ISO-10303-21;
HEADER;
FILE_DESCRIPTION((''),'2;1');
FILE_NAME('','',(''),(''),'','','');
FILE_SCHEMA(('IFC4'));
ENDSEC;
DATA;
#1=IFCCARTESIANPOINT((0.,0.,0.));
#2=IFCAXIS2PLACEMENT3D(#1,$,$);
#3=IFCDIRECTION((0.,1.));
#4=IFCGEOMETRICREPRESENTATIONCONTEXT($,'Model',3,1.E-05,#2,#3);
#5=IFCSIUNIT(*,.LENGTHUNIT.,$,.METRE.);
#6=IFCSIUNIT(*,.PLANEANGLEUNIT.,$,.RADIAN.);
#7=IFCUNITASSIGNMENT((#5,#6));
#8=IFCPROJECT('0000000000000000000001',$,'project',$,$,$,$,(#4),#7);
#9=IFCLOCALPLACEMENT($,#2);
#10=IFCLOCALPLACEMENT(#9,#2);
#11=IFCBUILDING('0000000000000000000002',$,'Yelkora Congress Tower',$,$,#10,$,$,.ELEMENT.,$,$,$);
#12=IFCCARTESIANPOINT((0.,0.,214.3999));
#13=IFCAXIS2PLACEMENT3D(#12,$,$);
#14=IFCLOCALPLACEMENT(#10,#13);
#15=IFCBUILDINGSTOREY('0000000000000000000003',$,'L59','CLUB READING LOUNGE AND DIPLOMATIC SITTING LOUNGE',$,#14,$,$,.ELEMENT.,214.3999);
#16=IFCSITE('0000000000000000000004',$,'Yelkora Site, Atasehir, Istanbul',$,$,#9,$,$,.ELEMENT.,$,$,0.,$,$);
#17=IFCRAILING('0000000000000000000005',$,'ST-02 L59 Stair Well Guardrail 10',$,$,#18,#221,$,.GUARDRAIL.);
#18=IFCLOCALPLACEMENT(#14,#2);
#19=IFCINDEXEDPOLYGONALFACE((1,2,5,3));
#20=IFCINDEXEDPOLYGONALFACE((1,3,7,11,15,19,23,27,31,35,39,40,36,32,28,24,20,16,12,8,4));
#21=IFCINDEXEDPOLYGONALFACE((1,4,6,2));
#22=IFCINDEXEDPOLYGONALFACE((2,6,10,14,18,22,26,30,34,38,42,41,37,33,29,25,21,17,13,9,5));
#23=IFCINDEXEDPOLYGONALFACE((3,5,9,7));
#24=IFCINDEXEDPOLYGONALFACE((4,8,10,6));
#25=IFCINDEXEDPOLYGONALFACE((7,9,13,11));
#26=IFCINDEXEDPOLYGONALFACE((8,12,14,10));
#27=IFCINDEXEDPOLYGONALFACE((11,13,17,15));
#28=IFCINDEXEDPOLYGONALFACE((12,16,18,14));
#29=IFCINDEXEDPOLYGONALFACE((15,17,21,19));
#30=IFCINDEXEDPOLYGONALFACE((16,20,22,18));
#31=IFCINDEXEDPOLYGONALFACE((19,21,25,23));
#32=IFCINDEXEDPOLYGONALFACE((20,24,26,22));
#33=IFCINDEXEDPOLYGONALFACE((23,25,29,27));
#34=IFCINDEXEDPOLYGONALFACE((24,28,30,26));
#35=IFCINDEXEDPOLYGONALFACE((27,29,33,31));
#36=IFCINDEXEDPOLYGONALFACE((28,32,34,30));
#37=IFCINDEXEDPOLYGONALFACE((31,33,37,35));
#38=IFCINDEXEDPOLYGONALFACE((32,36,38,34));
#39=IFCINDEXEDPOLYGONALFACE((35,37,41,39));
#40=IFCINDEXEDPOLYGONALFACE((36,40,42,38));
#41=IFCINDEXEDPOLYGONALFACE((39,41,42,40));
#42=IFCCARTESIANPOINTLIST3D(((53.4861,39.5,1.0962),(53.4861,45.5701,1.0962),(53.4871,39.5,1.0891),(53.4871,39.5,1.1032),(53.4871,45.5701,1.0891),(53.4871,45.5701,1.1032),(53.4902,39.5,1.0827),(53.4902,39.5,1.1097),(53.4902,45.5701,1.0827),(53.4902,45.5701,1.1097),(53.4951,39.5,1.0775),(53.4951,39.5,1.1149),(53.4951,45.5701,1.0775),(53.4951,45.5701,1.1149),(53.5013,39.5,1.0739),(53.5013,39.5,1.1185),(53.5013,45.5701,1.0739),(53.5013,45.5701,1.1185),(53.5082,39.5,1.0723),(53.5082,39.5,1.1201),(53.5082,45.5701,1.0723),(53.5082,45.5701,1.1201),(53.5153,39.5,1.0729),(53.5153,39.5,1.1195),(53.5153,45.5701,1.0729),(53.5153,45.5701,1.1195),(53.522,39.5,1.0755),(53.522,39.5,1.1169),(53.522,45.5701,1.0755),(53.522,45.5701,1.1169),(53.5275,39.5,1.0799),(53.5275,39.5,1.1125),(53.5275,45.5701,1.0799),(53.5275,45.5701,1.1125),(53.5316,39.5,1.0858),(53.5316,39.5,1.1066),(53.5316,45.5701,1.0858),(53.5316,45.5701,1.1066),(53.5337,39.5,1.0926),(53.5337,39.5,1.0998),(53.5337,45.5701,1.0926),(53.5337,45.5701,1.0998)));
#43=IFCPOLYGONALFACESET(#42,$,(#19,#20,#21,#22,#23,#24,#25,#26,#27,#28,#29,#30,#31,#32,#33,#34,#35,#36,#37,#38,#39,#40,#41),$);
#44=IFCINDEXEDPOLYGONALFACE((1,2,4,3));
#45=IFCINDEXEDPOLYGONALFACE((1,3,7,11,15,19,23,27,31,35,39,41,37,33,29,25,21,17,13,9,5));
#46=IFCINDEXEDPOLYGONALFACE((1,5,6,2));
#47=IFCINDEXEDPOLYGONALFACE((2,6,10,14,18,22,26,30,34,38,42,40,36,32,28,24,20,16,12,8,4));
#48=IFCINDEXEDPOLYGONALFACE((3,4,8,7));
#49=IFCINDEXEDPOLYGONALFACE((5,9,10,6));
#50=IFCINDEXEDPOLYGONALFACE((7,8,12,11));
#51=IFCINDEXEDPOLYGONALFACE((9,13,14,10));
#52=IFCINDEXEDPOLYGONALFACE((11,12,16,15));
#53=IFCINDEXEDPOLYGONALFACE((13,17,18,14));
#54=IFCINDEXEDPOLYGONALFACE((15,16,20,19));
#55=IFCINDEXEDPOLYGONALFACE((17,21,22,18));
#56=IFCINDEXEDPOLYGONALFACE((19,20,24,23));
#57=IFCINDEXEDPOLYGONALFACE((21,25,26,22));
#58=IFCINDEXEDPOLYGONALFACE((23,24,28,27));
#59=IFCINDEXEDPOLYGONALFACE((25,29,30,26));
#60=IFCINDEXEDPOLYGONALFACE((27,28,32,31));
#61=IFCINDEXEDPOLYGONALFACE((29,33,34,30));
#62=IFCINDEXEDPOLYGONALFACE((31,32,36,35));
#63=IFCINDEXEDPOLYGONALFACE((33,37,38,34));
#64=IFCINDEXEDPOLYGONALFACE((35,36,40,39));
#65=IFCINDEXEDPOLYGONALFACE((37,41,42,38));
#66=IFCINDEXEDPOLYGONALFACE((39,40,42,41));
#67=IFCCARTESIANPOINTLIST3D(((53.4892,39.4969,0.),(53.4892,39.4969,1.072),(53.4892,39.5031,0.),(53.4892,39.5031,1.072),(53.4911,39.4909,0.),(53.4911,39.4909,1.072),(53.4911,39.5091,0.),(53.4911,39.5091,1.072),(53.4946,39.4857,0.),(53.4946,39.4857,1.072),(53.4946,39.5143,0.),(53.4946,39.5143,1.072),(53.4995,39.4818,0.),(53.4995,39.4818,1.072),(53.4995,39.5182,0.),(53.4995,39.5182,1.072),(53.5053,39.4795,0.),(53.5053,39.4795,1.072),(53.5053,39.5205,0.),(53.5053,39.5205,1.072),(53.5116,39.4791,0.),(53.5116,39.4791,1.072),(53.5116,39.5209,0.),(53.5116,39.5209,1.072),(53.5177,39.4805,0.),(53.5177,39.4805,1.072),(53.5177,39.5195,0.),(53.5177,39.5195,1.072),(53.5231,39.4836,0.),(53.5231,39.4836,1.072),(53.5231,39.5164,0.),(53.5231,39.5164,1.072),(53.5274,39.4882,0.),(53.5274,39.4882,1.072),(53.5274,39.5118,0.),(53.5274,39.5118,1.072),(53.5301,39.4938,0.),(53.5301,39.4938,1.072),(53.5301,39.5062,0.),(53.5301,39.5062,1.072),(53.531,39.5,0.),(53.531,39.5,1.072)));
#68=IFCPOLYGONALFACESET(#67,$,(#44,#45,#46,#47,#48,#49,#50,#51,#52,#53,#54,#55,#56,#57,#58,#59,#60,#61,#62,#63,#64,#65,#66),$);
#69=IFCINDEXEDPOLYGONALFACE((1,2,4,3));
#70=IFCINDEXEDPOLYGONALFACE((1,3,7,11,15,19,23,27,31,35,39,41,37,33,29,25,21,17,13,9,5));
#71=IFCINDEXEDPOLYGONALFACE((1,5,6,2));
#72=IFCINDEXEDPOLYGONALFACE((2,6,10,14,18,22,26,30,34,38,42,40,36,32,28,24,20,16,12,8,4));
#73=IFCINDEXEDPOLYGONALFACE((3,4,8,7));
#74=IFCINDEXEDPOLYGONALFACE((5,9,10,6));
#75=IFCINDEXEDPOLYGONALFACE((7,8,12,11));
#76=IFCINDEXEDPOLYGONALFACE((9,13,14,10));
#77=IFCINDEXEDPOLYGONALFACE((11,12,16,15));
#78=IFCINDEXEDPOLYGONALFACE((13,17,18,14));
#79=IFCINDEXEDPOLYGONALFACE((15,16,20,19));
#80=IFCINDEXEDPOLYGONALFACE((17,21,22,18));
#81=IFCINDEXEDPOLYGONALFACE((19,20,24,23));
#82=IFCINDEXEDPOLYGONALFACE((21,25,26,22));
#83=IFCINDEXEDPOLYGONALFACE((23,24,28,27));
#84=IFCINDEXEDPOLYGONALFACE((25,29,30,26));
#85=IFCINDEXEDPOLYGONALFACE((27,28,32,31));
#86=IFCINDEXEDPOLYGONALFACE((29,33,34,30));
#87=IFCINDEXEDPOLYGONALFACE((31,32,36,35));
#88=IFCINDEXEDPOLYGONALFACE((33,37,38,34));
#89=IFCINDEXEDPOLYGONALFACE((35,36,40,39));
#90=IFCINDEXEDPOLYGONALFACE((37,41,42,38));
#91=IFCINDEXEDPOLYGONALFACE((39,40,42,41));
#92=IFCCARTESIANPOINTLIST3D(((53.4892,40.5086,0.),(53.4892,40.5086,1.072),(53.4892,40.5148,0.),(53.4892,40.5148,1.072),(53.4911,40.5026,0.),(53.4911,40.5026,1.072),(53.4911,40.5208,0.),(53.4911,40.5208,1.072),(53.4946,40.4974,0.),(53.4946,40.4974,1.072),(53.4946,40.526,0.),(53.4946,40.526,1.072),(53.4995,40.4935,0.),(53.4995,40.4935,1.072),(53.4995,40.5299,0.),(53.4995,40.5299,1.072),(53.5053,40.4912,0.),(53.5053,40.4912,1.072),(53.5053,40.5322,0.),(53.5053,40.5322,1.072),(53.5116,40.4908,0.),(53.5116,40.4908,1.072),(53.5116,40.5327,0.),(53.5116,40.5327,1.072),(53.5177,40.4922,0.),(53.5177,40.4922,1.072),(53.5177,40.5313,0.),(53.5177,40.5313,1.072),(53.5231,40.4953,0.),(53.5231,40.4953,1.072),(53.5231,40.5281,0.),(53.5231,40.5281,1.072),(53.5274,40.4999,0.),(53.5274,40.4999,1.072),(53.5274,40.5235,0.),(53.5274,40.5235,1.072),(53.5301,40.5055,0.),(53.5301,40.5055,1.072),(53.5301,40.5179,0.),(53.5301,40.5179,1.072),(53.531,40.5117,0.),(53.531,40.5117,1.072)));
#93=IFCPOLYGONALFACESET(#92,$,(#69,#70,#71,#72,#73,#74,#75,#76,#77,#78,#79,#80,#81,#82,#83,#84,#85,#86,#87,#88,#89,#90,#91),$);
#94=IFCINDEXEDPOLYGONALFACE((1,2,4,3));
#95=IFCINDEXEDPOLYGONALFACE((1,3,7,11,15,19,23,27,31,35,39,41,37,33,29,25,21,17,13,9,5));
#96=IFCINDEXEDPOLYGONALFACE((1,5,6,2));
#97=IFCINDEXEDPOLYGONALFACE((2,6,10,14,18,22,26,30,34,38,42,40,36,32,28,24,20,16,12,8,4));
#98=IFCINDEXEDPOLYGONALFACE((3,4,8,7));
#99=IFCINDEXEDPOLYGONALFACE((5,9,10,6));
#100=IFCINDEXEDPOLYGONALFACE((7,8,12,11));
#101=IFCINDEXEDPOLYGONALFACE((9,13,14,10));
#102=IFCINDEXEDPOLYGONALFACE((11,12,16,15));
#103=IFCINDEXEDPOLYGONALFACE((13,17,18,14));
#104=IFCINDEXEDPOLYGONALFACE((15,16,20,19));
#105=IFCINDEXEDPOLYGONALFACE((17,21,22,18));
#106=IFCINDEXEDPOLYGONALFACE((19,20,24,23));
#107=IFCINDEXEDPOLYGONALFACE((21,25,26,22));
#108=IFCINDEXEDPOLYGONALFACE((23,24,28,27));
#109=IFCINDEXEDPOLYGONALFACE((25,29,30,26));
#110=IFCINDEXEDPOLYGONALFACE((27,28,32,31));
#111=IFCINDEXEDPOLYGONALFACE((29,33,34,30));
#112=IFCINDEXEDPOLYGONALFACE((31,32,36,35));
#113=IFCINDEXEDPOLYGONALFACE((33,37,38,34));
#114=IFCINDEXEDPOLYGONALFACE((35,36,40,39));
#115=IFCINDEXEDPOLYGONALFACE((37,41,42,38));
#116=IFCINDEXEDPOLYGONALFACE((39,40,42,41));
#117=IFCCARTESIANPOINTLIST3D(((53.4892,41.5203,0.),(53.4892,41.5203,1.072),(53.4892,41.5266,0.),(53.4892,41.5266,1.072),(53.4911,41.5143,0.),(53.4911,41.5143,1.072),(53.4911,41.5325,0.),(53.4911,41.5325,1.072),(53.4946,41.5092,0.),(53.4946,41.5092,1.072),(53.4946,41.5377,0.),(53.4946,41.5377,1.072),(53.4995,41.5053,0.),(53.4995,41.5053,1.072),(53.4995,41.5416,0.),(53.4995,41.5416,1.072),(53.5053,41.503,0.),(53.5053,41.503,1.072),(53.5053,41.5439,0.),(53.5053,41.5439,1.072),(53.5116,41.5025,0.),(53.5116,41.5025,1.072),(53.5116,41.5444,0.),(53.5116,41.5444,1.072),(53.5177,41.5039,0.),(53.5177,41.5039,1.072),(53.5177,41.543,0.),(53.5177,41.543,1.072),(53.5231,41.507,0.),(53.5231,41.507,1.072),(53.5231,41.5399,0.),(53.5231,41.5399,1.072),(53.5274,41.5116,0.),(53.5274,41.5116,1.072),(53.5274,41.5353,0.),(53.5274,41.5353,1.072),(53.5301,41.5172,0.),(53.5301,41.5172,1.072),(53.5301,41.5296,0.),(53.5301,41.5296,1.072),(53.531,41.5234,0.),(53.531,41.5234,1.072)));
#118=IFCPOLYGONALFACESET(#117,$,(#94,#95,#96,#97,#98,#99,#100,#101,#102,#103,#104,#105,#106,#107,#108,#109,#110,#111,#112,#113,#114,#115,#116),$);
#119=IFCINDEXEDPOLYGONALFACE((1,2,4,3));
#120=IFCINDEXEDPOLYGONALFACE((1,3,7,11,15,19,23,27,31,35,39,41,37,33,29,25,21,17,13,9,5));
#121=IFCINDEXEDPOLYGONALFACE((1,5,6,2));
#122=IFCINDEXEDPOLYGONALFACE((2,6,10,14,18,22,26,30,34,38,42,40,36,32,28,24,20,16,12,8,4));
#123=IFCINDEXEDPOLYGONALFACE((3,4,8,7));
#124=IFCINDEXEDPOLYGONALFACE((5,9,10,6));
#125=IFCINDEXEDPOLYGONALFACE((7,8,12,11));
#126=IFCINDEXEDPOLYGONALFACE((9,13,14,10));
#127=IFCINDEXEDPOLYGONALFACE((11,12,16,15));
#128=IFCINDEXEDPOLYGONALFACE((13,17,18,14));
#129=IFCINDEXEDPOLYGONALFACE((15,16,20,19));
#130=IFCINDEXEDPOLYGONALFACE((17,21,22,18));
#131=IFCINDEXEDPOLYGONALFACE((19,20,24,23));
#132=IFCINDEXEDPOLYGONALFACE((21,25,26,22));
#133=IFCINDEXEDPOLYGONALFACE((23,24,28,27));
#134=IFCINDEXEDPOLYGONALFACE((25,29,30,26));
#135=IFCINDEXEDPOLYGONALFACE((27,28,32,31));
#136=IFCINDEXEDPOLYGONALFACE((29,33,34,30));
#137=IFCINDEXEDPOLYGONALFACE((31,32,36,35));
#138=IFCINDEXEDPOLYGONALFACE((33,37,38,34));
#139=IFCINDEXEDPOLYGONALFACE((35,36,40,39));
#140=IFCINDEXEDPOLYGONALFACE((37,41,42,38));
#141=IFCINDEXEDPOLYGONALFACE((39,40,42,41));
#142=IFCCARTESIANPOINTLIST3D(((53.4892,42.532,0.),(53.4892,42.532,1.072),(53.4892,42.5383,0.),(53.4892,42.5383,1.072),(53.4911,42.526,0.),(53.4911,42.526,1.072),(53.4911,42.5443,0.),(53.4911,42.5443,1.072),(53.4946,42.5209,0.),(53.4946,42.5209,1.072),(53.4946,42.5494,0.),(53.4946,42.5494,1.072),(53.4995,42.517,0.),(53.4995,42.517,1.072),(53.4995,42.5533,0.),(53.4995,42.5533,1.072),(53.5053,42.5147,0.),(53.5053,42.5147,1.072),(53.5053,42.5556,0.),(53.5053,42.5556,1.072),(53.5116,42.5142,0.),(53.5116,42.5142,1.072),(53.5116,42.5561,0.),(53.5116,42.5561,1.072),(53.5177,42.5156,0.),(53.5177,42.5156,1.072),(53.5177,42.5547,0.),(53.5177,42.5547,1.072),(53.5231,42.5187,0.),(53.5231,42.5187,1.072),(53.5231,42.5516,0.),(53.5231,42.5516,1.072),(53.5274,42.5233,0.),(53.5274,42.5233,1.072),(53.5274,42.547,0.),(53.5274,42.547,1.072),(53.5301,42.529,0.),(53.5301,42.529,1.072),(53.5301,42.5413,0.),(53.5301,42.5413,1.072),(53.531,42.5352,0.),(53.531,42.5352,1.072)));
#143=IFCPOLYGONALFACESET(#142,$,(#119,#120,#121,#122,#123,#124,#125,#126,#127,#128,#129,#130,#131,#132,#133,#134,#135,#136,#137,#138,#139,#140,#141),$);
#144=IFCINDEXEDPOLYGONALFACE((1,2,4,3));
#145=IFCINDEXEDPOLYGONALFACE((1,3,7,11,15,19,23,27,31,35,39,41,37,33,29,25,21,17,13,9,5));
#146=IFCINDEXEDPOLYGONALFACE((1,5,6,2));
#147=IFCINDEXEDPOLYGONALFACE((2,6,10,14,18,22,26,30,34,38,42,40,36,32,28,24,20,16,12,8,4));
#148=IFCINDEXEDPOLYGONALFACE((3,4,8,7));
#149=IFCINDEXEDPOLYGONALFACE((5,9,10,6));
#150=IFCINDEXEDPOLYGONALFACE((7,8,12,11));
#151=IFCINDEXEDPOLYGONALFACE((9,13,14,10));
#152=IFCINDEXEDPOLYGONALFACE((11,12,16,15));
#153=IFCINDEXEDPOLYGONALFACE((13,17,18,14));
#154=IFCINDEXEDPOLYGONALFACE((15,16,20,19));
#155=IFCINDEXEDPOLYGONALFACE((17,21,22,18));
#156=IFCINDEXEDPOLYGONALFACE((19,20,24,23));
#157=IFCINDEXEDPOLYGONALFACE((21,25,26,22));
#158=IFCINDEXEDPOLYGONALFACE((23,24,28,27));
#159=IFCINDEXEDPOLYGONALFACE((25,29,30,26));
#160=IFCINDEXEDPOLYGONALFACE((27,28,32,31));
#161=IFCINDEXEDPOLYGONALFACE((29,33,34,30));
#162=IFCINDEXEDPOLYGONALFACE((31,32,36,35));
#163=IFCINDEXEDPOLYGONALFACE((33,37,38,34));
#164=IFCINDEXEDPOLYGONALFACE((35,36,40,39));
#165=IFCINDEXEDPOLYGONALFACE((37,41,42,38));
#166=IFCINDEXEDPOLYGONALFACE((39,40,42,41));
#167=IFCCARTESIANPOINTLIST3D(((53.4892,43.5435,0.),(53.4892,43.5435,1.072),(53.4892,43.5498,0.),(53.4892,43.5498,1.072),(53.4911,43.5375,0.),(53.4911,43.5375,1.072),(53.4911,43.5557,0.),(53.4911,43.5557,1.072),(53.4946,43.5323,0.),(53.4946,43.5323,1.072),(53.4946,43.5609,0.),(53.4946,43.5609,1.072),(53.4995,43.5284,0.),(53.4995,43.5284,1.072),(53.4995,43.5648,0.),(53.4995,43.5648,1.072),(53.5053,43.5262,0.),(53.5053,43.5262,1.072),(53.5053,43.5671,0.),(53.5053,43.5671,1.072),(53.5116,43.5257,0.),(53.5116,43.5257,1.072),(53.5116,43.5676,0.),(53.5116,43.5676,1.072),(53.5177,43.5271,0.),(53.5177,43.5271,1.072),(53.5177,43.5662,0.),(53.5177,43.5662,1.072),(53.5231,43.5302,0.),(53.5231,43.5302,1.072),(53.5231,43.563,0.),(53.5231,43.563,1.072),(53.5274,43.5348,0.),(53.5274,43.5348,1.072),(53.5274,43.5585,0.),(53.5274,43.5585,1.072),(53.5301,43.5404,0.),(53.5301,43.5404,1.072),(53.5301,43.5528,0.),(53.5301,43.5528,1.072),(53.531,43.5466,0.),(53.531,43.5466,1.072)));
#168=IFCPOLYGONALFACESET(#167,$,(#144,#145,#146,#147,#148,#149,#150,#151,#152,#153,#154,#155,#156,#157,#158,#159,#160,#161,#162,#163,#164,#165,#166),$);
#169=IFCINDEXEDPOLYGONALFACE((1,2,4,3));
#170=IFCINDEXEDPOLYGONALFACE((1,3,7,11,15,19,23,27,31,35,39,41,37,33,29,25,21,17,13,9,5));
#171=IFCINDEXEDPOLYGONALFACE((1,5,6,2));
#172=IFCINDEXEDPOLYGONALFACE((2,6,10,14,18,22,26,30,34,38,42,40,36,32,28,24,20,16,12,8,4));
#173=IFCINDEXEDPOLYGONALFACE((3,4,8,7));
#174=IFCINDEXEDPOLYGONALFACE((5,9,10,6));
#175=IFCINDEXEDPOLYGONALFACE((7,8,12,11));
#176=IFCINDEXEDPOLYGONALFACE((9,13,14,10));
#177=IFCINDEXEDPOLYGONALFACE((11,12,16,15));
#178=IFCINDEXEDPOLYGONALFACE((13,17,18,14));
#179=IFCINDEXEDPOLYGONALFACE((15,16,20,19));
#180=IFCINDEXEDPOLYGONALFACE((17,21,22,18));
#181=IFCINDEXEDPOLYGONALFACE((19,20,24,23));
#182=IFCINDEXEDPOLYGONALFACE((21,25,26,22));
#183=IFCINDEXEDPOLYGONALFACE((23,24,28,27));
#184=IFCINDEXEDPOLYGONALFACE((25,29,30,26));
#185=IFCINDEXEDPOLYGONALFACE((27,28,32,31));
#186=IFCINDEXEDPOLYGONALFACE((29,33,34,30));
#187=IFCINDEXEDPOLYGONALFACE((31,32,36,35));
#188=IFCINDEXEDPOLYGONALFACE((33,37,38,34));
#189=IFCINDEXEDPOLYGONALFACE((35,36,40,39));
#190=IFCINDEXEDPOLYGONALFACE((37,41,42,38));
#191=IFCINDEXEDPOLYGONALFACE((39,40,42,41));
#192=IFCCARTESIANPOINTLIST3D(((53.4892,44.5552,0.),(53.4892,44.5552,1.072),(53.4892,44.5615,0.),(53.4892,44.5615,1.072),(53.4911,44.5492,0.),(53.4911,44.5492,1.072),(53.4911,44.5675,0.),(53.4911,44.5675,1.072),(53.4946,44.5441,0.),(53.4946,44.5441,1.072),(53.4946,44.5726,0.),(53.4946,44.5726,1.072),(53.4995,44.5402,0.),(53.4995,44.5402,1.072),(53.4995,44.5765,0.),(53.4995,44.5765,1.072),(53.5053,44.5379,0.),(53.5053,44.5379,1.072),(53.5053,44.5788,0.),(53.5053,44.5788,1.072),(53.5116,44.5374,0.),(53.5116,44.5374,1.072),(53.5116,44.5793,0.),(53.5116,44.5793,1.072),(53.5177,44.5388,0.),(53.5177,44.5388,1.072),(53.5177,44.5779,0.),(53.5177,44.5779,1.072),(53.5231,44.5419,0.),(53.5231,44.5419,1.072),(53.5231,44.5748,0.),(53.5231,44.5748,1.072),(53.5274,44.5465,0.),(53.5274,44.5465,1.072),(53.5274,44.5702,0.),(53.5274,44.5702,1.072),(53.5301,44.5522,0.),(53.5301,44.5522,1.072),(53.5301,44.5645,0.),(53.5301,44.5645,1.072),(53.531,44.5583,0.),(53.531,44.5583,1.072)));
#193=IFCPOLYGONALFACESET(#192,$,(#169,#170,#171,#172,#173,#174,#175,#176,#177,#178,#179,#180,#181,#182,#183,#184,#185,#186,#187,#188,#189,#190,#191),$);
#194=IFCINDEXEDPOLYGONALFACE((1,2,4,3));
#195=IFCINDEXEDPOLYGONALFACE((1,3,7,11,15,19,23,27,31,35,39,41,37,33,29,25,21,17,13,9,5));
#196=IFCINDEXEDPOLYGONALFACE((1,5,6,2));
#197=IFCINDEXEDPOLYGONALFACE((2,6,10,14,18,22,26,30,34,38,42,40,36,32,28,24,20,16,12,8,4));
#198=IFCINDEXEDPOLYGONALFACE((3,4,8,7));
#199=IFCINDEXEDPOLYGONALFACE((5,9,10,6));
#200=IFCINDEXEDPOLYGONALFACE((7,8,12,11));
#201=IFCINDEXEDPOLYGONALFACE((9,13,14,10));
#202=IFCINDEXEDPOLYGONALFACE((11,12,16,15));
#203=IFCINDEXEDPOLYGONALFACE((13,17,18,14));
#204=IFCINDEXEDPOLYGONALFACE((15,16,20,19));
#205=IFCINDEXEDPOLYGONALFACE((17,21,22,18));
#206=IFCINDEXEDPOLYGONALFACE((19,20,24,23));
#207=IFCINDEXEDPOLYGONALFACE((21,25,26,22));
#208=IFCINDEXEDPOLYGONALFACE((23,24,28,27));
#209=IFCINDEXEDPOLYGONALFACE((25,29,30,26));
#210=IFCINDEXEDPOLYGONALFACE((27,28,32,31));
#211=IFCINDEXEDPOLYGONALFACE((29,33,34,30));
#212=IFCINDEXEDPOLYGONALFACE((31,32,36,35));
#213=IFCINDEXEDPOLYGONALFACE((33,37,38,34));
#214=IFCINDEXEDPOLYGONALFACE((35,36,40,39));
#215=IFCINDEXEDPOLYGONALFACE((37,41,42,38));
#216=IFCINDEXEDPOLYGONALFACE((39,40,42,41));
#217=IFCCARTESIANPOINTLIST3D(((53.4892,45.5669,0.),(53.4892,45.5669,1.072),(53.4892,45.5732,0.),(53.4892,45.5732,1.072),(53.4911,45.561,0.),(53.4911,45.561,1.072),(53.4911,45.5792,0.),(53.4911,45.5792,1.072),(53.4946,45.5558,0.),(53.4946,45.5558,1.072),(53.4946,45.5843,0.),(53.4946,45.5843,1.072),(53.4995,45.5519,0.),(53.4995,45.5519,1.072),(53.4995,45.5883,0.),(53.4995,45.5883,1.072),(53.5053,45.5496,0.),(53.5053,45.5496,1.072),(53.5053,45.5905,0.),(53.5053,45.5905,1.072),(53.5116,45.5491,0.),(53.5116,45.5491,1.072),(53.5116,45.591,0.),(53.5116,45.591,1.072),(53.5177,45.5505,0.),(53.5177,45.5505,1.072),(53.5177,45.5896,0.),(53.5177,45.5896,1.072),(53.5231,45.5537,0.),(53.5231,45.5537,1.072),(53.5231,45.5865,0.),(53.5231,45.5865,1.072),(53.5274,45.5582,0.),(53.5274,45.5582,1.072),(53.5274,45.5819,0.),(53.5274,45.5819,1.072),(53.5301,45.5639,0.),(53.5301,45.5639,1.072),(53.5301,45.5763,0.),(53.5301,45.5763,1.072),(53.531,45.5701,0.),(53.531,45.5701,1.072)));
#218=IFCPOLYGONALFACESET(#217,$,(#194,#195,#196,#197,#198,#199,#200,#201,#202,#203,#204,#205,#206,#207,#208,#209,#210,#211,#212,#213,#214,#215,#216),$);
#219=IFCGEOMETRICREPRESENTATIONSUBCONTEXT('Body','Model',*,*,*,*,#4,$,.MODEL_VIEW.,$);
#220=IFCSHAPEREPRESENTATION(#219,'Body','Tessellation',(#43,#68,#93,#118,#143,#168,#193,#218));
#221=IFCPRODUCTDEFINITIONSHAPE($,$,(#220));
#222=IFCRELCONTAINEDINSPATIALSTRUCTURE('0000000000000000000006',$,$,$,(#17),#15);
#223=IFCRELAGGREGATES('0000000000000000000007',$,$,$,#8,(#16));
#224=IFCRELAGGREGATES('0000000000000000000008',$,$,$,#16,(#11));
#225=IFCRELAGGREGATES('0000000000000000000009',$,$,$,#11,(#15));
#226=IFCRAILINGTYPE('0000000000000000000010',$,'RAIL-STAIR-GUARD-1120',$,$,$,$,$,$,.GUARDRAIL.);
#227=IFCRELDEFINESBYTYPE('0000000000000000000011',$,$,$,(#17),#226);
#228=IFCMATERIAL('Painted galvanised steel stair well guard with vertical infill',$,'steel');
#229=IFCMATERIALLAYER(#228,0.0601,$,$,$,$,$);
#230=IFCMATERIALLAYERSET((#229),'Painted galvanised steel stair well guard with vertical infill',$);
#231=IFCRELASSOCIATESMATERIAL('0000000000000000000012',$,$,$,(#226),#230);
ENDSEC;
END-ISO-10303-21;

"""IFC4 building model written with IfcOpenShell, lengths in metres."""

from ifc_helpers import new_model, si_unit, direction, frame, origin, origin_2d, place, context, subcontext, project, spatial, circle, extrude, material, layer, layer_set, type_object, element, save


model = new_model("IFC4")

# Units and contexts
model_context = context("Model", 3, precision=1e-05, world=origin(), true_north=direction((0.0, 1.0)))
body_context = subcontext(model_context, "Body", "Model", "MODEL_VIEW")
ifc_project = project(units=[si_unit("LENGTHUNIT", "METRE"), si_unit("PLANEANGLEUNIT", "RADIAN")], contexts=[model_context])

# Site, building, storey
site_placement = place(None, origin())
site = spatial("IfcSite", under=ifc_project, at=site_placement, Name="Yelkora Site, Atasehir, Istanbul", CompositionType="ELEMENT", RefElevation=0.0)
building_placement = place(site_placement, origin())
building = spatial("IfcBuilding", under=site, at=building_placement, Name="Yelkora Congress Tower", CompositionType="ELEMENT")
storey_placement = place(building_placement, frame((0.0, 0.0, 214.3999)))
storey = spatial("IfcBuildingStorey", under=building, at=storey_placement, Name="L59", Description="CLUB READING LOUNGE AND DIPLOMATIC SITTING LOUNGE", CompositionType="ELEMENT", Elevation=214.3999)

# Railing
ifc_material_1 = material(Name="Painted galvanised steel stair well guard with vertical infill", Category="steel")
ifc_layer_1 = layer(ifc_material_1, 0.0601)
ifc_layer_set_1 = layer_set([ifc_layer_1], Name="Painted galvanised steel stair well guard with vertical infill")
railing_type_1 = type_object("IfcRailingType", Name="RAIL-STAIR-GUARD-1120", PredefinedType="GUARDRAIL", material=ifc_layer_set_1)
railing_1_placement = place(storey_placement, frame((53.51, 39.5, 0.0)))
element("IfcRailing", 1, at=railing_1_placement, inside=storey, type_object=railing_type_1, Name="ST-02 L59 Stair Well Guardrail 10", PredefinedType="GUARDRAIL", context=body_context, shape_type="SweptSolid", body=[
    extrude(circle(Radius=0.0239, at=origin_2d()), frame((0.0, 0.0, 1.0962), z_axis=(0.0, 1.0, 0.0), x_axis=(-1.0, 0.0, 0.0)), (0.0, 0.0, 1.0), 6.0701),
    extrude(circle(Radius=0.021, at=origin_2d()), origin(), (0.0, 0.0, 1.0), 1.072),
    extrude(circle(Radius=0.021, at=origin_2d()), frame((0.0, 1.0117, 0.0)), (0.0, 0.0, 1.0), 1.072),
    extrude(circle(Radius=0.021, at=origin_2d()), frame((0.0, 2.0234, 0.0)), (0.0, 0.0, 1.0), 1.072),
    extrude(circle(Radius=0.021, at=origin_2d()), frame((0.0, 3.0352, 0.0)), (0.0, 0.0, 1.0), 1.072),
    extrude(circle(Radius=0.021, at=origin_2d()), frame((0.0, 4.0466, 0.0)), (0.0, 0.0, 1.0), 1.072),
    extrude(circle(Radius=0.021, at=origin_2d()), frame((0.0, 5.0583, 0.0)), (0.0, 0.0, 1.0), 1.072),
    extrude(circle(Radius=0.021, at=origin_2d()), frame((0.0, 6.0701, 0.0)), (0.0, 0.0, 1.0), 1.072),
])

save(model, "model.ifc")
